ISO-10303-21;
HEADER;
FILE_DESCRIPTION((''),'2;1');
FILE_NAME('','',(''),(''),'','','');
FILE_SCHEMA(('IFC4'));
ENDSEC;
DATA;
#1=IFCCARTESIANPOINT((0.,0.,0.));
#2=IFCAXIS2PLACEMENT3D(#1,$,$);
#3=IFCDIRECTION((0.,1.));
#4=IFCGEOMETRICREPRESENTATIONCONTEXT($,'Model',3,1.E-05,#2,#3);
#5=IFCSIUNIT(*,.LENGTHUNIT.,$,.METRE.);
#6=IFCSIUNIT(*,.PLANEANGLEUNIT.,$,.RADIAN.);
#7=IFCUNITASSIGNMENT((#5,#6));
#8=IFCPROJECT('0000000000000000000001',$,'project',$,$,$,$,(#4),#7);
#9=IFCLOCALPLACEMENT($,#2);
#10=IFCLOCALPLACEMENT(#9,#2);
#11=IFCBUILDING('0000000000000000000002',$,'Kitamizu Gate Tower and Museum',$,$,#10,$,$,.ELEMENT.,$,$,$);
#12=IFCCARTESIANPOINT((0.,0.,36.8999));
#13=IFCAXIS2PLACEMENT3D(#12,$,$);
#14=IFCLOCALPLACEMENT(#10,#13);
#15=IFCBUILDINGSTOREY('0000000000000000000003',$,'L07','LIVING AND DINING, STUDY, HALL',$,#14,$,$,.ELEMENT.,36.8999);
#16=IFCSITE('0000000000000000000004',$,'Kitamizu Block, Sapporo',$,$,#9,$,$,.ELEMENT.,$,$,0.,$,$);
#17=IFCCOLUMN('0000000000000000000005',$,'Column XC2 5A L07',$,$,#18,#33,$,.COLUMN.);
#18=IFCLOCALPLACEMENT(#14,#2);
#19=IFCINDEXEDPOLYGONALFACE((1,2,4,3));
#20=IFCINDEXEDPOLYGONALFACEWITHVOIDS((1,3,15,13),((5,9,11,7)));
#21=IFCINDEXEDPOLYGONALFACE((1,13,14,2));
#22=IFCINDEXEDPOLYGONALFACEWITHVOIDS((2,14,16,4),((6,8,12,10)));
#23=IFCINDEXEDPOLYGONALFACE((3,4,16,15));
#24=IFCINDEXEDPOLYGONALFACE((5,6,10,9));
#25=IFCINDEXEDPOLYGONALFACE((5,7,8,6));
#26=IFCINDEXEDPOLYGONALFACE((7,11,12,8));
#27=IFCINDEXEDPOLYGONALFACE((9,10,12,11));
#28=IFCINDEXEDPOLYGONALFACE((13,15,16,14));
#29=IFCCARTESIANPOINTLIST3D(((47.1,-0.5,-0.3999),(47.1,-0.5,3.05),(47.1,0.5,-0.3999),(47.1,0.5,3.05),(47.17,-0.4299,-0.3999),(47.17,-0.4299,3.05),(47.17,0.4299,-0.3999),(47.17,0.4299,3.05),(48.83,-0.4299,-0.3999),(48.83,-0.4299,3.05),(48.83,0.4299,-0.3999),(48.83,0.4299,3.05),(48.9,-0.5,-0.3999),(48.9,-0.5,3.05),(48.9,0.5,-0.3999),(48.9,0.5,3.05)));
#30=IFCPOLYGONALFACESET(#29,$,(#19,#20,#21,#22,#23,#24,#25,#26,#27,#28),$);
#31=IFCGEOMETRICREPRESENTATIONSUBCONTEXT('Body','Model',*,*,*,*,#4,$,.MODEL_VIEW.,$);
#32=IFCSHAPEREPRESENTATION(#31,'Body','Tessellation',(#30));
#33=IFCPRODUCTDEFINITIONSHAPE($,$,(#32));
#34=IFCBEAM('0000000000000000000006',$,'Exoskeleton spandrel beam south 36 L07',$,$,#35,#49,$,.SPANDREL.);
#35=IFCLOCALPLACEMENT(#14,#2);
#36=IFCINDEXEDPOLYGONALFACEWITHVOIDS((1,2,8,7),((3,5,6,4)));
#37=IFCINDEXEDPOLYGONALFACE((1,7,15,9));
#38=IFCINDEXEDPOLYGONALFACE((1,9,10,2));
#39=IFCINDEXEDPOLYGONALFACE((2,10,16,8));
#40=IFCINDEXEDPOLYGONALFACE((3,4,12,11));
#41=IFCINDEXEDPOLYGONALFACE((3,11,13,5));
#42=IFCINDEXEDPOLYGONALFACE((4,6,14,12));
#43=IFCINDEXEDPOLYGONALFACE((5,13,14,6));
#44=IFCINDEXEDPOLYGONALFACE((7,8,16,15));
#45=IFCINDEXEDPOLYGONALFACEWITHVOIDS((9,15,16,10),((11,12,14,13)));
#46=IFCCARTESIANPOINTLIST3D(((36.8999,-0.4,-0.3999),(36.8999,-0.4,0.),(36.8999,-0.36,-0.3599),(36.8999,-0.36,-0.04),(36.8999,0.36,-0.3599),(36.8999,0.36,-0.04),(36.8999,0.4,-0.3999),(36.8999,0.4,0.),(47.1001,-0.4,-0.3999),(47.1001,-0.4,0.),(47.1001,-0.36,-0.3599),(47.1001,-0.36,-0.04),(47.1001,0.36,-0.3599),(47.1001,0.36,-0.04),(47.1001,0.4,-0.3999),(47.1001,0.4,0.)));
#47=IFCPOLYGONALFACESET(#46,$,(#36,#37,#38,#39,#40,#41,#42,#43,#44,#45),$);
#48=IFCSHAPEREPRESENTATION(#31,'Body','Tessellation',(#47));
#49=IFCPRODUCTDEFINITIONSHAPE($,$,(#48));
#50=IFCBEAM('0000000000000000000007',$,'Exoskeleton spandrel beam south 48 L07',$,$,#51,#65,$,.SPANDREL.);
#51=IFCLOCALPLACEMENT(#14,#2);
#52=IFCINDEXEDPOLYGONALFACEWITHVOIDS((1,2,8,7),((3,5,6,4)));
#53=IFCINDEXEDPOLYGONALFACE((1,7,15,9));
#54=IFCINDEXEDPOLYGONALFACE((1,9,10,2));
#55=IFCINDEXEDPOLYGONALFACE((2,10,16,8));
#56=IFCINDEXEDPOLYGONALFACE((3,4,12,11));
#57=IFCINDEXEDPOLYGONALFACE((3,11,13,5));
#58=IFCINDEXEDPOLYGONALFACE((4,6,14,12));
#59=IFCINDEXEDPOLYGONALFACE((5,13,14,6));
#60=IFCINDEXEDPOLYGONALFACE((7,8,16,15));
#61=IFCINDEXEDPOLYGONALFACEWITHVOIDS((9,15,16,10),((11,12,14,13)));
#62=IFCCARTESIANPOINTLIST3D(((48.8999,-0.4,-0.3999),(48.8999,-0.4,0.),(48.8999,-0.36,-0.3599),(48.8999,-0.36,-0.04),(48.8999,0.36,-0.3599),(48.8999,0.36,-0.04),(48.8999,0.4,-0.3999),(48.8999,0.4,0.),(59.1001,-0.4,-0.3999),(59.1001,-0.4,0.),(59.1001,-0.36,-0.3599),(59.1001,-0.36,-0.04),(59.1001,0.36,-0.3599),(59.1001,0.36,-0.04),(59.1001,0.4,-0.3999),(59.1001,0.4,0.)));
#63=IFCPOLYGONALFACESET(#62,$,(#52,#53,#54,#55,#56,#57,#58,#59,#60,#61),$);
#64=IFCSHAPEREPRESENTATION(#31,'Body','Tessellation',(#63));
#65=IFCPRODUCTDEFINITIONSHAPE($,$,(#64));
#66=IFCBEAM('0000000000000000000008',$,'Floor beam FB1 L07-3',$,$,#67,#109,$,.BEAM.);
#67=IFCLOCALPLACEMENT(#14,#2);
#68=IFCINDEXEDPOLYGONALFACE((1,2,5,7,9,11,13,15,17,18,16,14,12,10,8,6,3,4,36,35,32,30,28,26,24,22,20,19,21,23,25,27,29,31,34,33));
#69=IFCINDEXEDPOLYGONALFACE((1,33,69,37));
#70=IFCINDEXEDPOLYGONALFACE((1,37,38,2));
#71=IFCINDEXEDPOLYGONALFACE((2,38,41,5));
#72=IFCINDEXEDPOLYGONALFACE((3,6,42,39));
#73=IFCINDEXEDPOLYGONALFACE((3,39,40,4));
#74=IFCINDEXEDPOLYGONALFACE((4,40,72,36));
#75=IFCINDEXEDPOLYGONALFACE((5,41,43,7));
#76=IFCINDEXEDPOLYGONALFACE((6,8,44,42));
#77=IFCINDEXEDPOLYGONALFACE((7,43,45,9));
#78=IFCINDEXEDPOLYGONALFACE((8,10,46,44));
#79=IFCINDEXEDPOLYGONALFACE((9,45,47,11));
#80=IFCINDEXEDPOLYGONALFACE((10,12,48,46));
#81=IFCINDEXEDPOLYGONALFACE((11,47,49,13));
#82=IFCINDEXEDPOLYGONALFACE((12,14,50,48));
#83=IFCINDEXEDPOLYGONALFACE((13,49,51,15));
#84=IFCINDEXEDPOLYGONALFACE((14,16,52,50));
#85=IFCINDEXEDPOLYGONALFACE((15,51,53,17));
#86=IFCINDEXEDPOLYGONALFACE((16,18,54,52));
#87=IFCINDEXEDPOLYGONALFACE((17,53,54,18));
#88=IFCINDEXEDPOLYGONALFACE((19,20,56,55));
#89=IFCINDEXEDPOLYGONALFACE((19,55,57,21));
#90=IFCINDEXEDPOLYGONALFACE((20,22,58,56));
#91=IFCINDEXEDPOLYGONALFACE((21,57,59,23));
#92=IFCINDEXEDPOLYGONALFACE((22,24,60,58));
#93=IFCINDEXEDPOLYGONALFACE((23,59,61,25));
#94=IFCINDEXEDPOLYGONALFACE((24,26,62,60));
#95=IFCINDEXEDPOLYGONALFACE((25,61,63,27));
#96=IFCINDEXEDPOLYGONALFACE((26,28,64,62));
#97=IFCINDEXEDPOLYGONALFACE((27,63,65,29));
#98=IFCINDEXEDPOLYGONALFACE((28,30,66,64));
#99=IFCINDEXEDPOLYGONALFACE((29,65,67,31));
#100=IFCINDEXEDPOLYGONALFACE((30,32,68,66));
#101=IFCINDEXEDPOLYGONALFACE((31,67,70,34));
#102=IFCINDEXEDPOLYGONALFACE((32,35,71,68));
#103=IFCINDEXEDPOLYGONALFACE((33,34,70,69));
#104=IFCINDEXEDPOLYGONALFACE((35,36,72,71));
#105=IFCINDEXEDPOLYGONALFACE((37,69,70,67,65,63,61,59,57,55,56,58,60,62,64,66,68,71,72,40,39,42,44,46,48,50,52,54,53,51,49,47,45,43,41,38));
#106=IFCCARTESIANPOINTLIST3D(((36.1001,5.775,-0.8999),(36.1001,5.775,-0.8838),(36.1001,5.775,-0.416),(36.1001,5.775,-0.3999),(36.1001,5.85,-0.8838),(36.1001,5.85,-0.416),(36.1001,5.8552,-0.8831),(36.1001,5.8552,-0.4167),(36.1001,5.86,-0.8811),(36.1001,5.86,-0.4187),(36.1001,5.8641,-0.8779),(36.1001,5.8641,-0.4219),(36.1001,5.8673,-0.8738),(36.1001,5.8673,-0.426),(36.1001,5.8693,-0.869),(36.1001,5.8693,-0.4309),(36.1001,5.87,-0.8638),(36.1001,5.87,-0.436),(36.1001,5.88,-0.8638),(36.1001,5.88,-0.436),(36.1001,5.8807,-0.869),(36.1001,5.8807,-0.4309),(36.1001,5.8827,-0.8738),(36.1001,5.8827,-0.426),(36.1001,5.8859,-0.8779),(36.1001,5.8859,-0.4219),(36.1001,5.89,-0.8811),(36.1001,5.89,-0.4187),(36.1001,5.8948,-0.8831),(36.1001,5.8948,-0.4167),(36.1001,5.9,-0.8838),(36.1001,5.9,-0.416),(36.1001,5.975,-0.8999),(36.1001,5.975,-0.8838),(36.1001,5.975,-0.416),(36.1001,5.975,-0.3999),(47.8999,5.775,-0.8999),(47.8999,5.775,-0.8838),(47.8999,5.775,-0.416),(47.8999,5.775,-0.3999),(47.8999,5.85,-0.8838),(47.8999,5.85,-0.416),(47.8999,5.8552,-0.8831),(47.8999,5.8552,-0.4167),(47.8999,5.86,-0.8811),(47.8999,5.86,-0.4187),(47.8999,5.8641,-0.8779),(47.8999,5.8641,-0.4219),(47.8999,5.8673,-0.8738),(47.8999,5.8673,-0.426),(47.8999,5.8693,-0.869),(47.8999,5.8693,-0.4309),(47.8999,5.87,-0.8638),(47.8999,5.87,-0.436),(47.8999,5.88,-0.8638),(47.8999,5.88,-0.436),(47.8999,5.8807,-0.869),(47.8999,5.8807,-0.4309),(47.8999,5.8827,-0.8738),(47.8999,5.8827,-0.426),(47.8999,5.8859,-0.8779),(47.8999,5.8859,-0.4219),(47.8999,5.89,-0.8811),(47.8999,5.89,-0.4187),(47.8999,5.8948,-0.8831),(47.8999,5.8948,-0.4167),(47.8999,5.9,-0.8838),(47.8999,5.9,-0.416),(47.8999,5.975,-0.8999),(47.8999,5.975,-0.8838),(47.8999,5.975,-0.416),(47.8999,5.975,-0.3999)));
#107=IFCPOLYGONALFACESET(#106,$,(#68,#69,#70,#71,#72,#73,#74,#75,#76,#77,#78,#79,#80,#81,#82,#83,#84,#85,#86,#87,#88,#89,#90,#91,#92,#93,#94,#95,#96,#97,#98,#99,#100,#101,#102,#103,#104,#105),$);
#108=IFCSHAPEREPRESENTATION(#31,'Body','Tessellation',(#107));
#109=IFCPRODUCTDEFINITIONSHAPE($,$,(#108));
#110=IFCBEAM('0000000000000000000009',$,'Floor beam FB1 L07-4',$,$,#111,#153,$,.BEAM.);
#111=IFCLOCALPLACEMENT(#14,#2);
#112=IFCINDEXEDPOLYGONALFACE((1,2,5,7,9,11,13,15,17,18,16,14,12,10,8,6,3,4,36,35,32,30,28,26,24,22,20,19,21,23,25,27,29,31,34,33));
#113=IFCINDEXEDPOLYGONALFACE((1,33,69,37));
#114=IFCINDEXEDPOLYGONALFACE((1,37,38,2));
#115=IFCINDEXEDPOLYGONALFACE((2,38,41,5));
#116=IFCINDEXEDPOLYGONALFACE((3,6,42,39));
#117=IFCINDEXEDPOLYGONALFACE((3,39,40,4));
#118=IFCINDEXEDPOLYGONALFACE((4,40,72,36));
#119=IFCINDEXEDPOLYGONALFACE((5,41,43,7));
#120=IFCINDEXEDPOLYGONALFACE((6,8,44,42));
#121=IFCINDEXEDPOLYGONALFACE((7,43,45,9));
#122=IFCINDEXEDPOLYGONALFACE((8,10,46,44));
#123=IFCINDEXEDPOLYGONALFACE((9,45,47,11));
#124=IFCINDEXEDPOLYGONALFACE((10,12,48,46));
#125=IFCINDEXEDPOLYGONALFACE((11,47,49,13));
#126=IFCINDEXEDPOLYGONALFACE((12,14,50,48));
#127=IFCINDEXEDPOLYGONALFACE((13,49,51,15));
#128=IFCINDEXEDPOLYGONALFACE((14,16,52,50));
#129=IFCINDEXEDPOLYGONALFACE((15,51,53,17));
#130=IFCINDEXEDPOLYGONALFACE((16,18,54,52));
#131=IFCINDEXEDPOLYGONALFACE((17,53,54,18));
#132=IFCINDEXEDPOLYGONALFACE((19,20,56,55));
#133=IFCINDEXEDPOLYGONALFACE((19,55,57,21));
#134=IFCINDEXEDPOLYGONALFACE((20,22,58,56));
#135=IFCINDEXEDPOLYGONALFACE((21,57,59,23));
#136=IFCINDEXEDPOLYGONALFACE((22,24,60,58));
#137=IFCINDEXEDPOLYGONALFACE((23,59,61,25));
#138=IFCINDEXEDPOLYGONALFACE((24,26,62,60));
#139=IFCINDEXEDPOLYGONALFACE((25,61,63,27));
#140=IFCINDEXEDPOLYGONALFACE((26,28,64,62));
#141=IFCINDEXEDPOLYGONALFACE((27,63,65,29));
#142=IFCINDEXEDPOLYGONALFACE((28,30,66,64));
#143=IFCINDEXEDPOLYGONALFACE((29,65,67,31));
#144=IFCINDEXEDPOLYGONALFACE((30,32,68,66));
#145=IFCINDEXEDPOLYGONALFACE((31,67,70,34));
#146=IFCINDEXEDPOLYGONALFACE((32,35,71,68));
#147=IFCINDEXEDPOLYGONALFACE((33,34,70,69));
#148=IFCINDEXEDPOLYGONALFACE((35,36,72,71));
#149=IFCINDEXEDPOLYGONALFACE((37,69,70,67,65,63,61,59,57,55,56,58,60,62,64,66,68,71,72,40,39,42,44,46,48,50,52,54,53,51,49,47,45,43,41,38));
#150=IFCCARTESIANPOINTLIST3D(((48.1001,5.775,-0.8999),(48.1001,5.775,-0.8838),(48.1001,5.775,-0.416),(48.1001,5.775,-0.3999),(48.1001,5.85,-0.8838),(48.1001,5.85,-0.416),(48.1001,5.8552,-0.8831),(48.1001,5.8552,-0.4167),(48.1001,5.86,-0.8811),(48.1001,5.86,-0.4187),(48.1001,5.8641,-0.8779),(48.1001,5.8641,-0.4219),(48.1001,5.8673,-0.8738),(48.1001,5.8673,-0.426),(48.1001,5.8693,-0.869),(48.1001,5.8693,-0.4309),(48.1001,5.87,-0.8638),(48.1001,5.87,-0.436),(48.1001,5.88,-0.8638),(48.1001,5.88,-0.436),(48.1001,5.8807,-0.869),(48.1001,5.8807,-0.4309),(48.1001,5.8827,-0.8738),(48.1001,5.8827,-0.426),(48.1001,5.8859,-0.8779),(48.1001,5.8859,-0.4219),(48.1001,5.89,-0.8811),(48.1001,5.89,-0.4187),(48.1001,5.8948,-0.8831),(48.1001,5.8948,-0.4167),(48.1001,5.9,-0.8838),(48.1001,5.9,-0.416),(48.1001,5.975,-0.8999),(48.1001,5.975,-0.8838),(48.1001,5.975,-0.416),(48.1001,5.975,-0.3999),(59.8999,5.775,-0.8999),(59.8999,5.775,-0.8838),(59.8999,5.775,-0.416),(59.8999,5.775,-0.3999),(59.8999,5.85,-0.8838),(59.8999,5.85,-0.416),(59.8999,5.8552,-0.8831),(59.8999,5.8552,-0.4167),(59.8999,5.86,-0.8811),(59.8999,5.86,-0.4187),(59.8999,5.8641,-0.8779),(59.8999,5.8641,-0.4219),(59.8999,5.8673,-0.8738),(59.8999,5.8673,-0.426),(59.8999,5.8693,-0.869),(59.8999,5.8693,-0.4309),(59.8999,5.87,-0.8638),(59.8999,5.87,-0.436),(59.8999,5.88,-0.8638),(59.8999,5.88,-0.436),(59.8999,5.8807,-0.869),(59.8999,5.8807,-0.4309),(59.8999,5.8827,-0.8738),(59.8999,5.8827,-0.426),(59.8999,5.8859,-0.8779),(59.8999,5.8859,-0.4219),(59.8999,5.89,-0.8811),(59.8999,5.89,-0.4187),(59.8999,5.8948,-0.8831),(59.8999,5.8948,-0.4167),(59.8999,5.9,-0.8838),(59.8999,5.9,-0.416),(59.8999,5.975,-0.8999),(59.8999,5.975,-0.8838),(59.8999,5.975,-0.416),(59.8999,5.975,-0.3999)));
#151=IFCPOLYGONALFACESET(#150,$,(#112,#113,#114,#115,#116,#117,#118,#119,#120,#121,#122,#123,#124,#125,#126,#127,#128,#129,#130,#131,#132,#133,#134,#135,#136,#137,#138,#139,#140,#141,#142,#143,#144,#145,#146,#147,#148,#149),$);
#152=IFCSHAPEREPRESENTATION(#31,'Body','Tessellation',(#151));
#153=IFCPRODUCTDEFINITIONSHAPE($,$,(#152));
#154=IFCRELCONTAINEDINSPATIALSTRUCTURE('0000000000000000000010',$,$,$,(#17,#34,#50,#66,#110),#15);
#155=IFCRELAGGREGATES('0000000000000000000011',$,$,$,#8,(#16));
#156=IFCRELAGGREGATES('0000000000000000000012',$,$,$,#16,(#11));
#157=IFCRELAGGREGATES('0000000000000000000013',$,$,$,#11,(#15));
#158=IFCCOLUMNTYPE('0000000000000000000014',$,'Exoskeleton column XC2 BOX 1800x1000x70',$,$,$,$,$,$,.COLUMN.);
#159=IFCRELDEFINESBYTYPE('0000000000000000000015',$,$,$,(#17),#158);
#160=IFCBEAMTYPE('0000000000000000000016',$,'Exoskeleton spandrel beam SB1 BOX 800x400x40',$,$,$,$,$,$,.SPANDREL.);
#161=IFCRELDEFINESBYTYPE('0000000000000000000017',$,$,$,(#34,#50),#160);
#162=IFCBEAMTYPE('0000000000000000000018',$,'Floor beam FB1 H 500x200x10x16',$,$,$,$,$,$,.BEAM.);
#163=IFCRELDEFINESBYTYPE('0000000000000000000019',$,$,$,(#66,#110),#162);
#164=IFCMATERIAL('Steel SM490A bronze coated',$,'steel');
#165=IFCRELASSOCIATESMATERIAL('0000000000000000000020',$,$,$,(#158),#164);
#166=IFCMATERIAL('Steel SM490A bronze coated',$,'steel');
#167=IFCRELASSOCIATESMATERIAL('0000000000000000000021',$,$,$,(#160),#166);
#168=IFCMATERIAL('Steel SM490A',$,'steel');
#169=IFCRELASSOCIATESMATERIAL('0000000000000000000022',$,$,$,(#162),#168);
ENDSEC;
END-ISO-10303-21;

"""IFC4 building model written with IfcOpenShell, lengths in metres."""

from ifc_helpers import new_model, si_unit, direction, frame, origin, origin_2d, place, context, subcontext, project, spatial, hollow_rectangle, i_section, extrude, material, material_profile, profile_set, type_object, element, save


model = new_model("IFC4")

# Units and contexts
model_context = context("Model", 3, precision=1e-05, world=origin(), true_north=direction((0.0, 1.0)))
body_context = subcontext(model_context, "Body", "Model", "MODEL_VIEW")
ifc_project = project(units=[si_unit("LENGTHUNIT", "METRE"), si_unit("PLANEANGLEUNIT", "RADIAN")], contexts=[model_context])

# Site, building, storey
site_placement = place(None, origin())
site = spatial("IfcSite", under=ifc_project, at=site_placement, Name="Kitamizu Block, Sapporo", CompositionType="ELEMENT", RefElevation=0.0)
building_placement = place(site_placement, origin())
building = spatial("IfcBuilding", under=site, at=building_placement, Name="Kitamizu Gate Tower and Museum", CompositionType="ELEMENT")
storey_placement = place(building_placement, frame((0.0, 0.0, 36.8999)))
storey = spatial("IfcBuildingStorey", under=building, at=storey_placement, Name="L07", Description="LIVING AND DINING, STUDY, HALL", CompositionType="ELEMENT", Elevation=36.8999)

# Column
ifc_material_1 = material(Name="Steel SM490A bronze coated", Category="steel")
ifc_material_profile_1 = material_profile(ifc_material_1, hollow_rectangle(XDim=1.8, YDim=1.0, WallThickness=0.0701, at=origin_2d()), Name="BOX 1800x1000x70")
ifc_profile_set_1 = profile_set([ifc_material_profile_1], Name="Steel SM490A bronze coated")
column_type = type_object("IfcColumnType", Name="Exoskeleton column XC2 BOX 1800x1000x70", PredefinedType="COLUMN", material=ifc_profile_set_1)
column_placement = place(storey_placement, frame((48.0, 0.0, -0.3999), z_axis=(0.0, 0.0, 1.0), x_axis=(1.0, 0.0, 0.0)))
element("IfcColumn", 1, at=column_placement, inside=storey, type_object=column_type, Name="Column XC2 5A L07", PredefinedType="COLUMN", context=body_context, shape_type="SweptSolid", body=[
    extrude(hollow_rectangle(XDim=1.8, YDim=1.0, WallThickness=0.0701, at=origin_2d()), origin(), (0.0, 0.0, 1.0), 3.45),
])

# Beams
ifc_material_2 = material(Name="Steel SM490A bronze coated", Category="steel")
ifc_material_profile_2 = material_profile(ifc_material_2, hollow_rectangle(XDim=0.8, YDim=0.3999, WallThickness=0.04, at=origin_2d()), Name="BOX 800x400x40")
ifc_profile_set_2 = profile_set([ifc_material_profile_2], Name="Steel SM490A bronze coated")
beam_type_1 = type_object("IfcBeamType", Name="Exoskeleton spandrel beam SB1 BOX 800x400x40", PredefinedType="SPANDREL", material=ifc_profile_set_2)
for number, where, z_axis, x_axis, name in (
    (2, (36.8999, 0.0, -0.2), (1.0, 0.0, 0.0), (0.0, 1.0, 0.0), "Exoskeleton spandrel beam south 36 L07"),
    (3, (48.8999, 0.0, -0.2), (1.0, 0.0, 0.0), (0.0, 1.0, 0.0), "Exoskeleton spandrel beam south 48 L07"),
):
    element("IfcBeam", number, at=place(storey_placement, frame(where, z_axis=z_axis, x_axis=x_axis)), inside=storey, type_object=beam_type_1, Name=name, PredefinedType="SPANDREL", context=body_context, shape_type="SweptSolid", body=[
        extrude(hollow_rectangle(XDim=0.8, YDim=0.3999, WallThickness=0.04, at=origin_2d()), origin(), (0.0, 0.0, 1.0), 10.2002),
    ])
ifc_material_3 = material(Name="Steel SM490A", Category="steel")
ifc_material_profile_3 = material_profile(ifc_material_3, i_section(OverallWidth=0.2, OverallDepth=0.5, WebThickness=0.01, FlangeThickness=0.0161, FilletRadius=0.02, at=origin_2d()), Name="H-500x200x10x16")
ifc_profile_set_3 = profile_set([ifc_material_profile_3], Name="Steel SM490A")
beam_type_2 = type_object("IfcBeamType", Name="Floor beam FB1 H 500x200x10x16", PredefinedType="BEAM", material=ifc_profile_set_3)
for number, where, z_axis, x_axis, name in (
    (4, (36.1001, 5.875, -0.6499), (1.0, 0.0, 0.0), (0.0, 1.0, 0.0), "Floor beam FB1 L07-3"),
    (5, (48.1001, 5.875, -0.6499), (1.0, 0.0, 0.0), (0.0, 1.0, 0.0), "Floor beam FB1 L07-4"),
):
    element("IfcBeam", number, at=place(storey_placement, frame(where, z_axis=z_axis, x_axis=x_axis)), inside=storey, type_object=beam_type_2, Name=name, PredefinedType="BEAM", context=body_context, shape_type="SweptSolid", body=[
        extrude(i_section(OverallWidth=0.2, OverallDepth=0.5, WebThickness=0.01, FlangeThickness=0.0161, FilletRadius=0.02, at=origin_2d()), origin(), (0.0, 0.0, 1.0), 11.7998),
    ])

save(model, "model.ifc")
